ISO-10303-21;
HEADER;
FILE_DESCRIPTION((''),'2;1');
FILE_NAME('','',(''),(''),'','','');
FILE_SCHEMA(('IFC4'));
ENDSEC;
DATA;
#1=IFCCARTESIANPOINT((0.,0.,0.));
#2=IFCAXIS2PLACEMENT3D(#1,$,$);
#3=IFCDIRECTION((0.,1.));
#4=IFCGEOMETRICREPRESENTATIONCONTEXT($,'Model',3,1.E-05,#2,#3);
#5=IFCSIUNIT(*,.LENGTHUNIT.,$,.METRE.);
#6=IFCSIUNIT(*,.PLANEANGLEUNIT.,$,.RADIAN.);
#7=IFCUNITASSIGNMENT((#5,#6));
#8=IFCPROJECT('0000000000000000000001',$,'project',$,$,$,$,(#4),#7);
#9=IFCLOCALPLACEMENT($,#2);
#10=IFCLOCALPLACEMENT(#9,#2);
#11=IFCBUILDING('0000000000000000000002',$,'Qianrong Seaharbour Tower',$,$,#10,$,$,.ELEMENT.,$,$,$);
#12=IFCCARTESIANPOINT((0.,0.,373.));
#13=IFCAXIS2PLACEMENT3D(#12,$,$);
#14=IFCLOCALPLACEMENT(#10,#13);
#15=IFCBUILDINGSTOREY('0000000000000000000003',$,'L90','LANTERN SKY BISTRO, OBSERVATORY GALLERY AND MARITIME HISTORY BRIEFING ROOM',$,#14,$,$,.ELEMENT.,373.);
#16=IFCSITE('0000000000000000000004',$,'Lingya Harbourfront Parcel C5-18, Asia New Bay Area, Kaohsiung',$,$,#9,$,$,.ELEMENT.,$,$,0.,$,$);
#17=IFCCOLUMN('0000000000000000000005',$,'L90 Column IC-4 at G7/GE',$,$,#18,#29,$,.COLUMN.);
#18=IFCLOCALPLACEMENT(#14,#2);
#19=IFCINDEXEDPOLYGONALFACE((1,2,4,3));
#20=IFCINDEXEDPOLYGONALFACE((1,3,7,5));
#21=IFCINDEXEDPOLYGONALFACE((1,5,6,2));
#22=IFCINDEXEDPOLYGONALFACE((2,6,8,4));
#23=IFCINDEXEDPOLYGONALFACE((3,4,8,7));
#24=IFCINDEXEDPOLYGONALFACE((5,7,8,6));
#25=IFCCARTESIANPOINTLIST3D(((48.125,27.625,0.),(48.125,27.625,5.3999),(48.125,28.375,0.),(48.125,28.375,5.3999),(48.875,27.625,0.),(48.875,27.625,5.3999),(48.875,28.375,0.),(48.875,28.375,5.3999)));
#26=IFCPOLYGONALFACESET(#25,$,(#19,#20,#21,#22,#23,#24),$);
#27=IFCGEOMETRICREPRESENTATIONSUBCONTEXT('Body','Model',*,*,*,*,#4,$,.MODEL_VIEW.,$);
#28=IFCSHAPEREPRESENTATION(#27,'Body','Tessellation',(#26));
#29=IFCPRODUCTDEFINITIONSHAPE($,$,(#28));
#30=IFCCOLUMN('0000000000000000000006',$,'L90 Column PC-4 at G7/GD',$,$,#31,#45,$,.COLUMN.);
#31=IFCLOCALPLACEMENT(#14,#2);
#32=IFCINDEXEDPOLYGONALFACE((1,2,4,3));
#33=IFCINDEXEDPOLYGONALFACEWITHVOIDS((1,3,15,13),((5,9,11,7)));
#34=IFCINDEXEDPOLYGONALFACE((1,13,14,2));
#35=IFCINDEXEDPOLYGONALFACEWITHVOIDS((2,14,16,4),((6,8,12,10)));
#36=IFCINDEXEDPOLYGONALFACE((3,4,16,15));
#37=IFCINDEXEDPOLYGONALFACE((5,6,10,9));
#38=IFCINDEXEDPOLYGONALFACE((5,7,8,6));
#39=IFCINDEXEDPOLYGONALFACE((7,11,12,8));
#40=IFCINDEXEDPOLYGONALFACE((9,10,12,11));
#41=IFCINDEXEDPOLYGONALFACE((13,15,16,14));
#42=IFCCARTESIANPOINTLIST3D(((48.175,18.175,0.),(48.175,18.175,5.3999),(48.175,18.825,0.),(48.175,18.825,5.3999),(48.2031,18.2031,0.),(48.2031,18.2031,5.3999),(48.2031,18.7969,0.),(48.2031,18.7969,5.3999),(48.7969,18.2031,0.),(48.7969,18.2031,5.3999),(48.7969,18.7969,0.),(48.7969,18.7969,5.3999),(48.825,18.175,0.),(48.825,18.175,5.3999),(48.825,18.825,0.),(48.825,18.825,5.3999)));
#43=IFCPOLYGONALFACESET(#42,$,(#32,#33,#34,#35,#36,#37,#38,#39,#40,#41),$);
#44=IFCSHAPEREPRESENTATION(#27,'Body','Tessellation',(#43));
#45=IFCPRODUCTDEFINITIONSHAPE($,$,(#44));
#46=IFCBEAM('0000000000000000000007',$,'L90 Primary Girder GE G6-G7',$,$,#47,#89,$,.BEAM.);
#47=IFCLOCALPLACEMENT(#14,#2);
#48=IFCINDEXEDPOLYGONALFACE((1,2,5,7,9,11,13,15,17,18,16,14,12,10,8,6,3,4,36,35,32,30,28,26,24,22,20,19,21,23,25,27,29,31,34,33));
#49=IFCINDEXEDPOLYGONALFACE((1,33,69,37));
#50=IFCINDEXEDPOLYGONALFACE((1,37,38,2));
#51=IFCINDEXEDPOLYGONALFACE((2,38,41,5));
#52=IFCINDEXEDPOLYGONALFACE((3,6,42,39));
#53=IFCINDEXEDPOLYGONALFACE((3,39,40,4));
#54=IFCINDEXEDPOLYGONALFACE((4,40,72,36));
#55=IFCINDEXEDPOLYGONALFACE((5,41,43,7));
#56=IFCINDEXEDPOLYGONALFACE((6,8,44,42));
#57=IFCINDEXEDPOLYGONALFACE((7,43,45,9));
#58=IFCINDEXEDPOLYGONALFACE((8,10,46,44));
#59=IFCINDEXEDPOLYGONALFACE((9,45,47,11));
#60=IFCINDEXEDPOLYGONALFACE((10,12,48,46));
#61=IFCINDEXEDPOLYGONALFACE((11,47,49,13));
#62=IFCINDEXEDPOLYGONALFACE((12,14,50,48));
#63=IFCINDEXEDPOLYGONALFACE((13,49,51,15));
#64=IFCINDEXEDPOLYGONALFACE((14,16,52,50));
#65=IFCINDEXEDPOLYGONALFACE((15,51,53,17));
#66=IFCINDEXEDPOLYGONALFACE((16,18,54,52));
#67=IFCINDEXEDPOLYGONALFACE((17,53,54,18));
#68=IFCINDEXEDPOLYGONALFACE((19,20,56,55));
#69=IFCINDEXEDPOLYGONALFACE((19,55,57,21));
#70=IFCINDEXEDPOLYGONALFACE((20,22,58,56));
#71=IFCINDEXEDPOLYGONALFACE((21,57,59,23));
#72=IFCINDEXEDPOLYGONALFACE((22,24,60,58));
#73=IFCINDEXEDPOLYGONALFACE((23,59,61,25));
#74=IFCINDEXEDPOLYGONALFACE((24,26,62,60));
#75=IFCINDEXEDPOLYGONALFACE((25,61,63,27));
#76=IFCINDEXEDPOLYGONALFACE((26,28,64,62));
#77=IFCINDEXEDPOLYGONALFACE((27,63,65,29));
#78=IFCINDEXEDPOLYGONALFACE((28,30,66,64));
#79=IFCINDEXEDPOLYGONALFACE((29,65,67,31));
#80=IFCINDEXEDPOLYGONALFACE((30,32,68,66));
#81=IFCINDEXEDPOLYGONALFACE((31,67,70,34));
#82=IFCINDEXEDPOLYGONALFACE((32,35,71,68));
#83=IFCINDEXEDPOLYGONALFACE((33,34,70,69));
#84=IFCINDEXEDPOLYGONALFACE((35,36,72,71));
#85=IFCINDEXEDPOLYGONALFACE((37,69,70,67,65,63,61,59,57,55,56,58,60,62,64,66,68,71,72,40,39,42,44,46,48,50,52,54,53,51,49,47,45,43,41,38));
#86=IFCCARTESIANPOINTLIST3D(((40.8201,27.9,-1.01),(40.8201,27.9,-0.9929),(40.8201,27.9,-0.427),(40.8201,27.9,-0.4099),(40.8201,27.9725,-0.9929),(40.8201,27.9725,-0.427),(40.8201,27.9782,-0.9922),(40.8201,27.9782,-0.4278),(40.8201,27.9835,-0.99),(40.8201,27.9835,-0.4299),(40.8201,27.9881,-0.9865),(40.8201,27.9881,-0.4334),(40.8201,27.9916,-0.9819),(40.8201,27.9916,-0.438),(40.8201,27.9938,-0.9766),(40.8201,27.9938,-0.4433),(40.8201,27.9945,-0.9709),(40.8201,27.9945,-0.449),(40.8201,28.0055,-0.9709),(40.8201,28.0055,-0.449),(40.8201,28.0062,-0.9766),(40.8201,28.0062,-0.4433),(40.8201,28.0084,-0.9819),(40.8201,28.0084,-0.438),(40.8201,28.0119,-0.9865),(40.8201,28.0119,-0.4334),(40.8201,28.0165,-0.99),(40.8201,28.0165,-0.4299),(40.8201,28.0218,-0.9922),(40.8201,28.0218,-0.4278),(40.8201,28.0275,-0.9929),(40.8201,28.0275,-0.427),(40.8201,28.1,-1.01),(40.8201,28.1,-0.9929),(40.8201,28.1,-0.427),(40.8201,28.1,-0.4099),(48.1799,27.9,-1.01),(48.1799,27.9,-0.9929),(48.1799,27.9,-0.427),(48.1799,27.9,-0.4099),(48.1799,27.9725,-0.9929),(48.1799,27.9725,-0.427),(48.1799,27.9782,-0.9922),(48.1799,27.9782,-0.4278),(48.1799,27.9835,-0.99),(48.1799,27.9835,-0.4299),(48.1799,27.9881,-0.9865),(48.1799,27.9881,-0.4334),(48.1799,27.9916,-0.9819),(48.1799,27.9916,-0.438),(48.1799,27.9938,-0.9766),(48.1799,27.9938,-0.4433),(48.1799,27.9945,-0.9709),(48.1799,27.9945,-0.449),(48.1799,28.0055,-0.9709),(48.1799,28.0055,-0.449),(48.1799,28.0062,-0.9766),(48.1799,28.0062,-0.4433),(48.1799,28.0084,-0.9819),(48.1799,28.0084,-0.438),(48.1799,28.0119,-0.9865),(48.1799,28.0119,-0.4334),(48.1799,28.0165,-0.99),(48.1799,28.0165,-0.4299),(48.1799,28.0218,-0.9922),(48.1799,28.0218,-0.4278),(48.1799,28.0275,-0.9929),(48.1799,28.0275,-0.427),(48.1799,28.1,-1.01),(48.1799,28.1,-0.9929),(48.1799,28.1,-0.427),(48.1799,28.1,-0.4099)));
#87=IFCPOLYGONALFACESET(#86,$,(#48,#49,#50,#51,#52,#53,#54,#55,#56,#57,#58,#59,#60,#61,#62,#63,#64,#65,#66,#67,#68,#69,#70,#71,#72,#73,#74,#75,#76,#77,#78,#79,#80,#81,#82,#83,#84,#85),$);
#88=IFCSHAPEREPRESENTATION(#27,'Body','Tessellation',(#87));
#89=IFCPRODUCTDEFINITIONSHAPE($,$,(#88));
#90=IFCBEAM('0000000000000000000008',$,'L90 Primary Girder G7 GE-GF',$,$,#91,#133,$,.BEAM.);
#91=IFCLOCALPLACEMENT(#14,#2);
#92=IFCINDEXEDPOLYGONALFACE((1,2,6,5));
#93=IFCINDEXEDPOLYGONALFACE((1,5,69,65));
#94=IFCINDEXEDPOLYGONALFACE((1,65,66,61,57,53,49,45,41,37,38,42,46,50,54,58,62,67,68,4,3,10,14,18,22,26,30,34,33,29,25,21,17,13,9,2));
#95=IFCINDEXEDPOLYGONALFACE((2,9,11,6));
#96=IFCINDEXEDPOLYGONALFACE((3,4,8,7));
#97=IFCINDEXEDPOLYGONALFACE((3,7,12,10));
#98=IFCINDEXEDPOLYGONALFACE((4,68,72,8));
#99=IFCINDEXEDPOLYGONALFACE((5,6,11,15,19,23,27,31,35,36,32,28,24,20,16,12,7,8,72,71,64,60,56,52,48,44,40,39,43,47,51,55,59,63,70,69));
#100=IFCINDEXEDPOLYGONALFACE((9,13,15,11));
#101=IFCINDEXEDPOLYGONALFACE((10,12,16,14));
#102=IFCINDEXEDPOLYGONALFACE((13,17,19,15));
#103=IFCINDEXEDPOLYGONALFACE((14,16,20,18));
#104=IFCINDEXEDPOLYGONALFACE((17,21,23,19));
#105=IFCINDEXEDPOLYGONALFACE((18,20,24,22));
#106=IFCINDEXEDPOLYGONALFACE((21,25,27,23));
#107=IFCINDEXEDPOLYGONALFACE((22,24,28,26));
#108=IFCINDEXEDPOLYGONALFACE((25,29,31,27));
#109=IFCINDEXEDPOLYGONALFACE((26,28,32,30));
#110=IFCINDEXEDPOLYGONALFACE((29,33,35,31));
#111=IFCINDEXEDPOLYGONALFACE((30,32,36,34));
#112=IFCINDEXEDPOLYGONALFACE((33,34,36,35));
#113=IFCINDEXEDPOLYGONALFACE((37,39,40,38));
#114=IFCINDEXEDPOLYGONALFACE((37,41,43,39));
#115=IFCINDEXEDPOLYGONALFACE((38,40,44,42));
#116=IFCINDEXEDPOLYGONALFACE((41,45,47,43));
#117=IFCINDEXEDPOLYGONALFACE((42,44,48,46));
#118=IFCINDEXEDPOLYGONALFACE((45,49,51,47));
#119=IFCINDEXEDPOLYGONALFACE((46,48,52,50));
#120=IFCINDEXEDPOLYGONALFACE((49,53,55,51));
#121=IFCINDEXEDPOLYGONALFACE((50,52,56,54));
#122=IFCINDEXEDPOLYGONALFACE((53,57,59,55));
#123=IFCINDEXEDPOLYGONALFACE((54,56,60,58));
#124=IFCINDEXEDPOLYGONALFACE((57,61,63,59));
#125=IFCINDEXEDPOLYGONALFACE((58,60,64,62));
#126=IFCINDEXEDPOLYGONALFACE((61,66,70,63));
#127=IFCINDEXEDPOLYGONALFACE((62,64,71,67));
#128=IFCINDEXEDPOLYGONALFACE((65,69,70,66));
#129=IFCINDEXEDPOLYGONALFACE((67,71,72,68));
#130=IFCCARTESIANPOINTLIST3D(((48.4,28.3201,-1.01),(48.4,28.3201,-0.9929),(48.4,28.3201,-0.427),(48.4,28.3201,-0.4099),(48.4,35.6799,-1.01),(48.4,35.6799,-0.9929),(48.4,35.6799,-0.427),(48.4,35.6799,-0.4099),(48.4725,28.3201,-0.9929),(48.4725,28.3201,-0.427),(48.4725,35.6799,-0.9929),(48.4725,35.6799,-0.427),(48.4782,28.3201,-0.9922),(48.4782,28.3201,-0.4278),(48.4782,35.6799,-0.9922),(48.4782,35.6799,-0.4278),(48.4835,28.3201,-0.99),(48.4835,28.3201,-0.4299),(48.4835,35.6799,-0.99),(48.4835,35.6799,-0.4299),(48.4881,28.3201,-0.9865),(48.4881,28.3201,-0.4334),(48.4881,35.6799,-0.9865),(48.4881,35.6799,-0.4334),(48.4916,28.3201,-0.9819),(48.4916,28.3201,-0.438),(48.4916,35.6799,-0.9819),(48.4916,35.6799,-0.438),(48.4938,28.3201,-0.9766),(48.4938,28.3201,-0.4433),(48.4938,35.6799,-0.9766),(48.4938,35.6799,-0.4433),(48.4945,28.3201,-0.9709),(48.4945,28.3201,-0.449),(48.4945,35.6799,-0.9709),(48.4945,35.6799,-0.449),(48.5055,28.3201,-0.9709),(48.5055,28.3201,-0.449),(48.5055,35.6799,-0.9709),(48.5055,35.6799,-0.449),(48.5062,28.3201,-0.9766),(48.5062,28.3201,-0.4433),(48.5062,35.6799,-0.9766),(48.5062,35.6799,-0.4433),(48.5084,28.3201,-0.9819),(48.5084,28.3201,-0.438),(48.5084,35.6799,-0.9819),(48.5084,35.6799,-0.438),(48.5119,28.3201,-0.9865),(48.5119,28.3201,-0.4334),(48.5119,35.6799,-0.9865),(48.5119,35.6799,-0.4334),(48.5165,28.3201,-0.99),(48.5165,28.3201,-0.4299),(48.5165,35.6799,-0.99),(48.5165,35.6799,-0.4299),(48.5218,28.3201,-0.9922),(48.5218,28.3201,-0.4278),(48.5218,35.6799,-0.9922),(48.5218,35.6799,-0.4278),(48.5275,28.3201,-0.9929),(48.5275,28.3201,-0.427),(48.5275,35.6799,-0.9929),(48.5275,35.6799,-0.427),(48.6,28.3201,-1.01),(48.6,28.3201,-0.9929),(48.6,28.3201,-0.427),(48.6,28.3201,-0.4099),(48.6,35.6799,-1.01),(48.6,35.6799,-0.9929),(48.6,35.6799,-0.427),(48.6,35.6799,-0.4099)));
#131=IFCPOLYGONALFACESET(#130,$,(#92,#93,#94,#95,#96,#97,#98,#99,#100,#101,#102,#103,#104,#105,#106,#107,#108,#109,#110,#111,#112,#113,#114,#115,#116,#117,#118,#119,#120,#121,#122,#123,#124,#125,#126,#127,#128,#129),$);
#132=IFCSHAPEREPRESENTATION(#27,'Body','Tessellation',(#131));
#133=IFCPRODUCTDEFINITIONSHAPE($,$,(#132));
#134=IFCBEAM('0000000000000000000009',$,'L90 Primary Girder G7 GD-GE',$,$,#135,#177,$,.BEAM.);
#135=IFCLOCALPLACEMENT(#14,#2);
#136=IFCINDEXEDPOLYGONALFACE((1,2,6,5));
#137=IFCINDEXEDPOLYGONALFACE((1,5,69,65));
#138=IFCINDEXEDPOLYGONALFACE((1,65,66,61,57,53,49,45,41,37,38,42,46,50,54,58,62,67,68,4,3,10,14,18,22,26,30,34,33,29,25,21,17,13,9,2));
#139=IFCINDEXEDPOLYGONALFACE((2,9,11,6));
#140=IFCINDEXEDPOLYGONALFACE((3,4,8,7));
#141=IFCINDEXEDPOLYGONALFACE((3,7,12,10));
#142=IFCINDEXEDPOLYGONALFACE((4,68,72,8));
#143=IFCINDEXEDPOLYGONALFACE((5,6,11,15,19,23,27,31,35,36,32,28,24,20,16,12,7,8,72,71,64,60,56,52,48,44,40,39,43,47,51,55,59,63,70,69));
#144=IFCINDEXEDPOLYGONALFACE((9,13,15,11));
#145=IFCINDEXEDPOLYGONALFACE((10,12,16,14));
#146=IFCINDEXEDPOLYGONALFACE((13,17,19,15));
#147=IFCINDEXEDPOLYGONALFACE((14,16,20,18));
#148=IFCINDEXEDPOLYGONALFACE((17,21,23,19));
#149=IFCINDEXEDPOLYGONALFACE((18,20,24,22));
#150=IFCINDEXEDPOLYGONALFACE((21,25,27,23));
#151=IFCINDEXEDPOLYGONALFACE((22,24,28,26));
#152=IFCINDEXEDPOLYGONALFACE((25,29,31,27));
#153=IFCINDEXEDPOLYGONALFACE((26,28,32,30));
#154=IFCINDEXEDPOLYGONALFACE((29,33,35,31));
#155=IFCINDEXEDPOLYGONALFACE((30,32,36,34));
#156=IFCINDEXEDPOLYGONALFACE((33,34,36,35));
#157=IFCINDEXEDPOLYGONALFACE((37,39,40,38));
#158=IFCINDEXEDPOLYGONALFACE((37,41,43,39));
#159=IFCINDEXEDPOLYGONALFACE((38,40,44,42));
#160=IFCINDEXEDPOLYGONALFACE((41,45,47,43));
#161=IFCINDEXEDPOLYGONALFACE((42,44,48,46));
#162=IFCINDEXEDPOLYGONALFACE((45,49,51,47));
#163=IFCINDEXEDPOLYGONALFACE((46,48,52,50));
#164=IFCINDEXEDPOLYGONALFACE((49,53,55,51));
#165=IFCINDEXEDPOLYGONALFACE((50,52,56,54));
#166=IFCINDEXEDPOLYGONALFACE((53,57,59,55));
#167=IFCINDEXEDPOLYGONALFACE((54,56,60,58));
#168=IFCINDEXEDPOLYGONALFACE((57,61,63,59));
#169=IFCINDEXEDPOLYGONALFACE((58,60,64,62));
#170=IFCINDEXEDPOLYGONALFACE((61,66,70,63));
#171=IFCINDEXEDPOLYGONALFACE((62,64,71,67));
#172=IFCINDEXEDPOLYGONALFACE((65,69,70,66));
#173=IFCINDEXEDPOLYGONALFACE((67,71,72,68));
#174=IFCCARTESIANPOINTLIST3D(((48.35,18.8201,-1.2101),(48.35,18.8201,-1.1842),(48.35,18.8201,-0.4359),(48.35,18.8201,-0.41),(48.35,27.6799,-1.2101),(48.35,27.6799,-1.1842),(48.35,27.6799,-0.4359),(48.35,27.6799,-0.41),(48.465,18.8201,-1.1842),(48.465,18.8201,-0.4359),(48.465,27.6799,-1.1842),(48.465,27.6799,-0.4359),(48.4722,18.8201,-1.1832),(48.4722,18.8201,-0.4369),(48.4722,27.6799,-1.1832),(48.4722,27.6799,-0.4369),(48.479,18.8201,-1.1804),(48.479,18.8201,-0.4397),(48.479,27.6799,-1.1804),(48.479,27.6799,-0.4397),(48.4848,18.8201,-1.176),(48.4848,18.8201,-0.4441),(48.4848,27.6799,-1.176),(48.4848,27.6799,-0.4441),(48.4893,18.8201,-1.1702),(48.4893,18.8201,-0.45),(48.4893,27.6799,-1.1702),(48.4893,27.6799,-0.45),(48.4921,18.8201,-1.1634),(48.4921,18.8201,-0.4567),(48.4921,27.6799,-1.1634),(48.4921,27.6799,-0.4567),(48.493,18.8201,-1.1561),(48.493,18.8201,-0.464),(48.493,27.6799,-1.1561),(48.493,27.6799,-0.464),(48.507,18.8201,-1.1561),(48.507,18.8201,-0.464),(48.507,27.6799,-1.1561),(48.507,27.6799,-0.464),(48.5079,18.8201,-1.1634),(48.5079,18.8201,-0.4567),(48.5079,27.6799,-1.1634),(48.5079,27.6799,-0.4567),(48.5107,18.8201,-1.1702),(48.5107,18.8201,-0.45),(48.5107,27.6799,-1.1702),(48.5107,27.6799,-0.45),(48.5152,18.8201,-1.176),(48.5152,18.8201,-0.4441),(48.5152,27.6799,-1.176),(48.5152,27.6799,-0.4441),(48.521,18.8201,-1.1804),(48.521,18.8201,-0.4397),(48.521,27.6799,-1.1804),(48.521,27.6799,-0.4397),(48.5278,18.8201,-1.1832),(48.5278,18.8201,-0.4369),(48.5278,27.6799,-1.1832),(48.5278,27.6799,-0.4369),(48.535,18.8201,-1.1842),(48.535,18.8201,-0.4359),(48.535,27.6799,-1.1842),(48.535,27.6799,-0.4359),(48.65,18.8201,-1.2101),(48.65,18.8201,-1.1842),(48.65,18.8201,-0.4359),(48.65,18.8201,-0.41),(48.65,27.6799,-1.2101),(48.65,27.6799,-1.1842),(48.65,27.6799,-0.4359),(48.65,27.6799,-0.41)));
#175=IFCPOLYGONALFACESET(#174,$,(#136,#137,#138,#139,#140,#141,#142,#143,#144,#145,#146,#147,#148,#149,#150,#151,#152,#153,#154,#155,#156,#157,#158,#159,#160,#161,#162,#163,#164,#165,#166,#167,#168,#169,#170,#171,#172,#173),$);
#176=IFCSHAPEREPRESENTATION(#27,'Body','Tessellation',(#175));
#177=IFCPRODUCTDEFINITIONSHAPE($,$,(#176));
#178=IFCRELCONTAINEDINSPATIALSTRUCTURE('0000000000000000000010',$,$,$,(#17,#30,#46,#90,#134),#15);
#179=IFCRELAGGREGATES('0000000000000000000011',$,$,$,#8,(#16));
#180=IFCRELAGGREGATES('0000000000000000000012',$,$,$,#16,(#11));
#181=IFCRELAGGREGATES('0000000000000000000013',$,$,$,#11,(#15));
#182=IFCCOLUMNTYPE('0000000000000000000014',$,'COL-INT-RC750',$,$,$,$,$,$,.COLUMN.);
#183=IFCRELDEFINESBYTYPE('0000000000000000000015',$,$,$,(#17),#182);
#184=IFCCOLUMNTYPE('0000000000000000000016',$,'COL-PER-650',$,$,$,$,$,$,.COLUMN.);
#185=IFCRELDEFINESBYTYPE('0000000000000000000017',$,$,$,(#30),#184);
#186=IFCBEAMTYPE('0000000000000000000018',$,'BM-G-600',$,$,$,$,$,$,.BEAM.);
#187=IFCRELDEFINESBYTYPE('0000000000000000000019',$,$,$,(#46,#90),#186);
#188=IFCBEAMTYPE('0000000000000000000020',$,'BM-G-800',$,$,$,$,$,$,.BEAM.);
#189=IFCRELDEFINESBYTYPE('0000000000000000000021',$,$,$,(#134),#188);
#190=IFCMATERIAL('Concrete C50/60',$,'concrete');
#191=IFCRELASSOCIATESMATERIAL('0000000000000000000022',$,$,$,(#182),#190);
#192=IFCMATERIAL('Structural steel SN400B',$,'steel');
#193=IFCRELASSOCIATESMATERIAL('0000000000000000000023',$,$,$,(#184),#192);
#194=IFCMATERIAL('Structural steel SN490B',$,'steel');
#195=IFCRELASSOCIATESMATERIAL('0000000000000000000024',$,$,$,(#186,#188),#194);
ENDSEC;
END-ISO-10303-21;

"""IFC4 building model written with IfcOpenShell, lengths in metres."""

from ifc_helpers import new_model, si_unit, direction, frame, origin, origin_2d, place, context, subcontext, project, spatial, rectangle, hollow_rectangle, i_section, extrude, material, material_profile, profile_set, type_object, element, save


model = new_model("IFC4")

# Units and contexts
model_context = context("Model", 3, precision=1e-05, world=origin(), true_north=direction((0.0, 1.0)))
body_context = subcontext(model_context, "Body", "Model", "MODEL_VIEW")
ifc_project = project(units=[si_unit("LENGTHUNIT", "METRE"), si_unit("PLANEANGLEUNIT", "RADIAN")], contexts=[model_context])

# Site, building, storey
site_placement = place(None, origin())
site = spatial("IfcSite", under=ifc_project, at=site_placement, Name="Lingya Harbourfront Parcel C5-18, Asia New Bay Area, Kaohsiung", CompositionType="ELEMENT", RefElevation=0.0)
building_placement = place(site_placement, origin())
building = spatial("IfcBuilding", under=site, at=building_placement, Name="Qianrong Seaharbour Tower", CompositionType="ELEMENT")
storey_placement = place(building_placement, frame((0.0, 0.0, 373.0)))
storey = spatial("IfcBuildingStorey", under=building, at=storey_placement, Name="L90", Description="LANTERN SKY BISTRO, OBSERVATORY GALLERY AND MARITIME HISTORY BRIEFING ROOM", CompositionType="ELEMENT", Elevation=373.0)

# Columns
ifc_material_1 = material(Name="Concrete C50/60", Category="concrete")
ifc_material_profile_1 = material_profile(ifc_material_1, rectangle(XDim=0.75, YDim=0.75, at=origin_2d()), Name="RC750x750")
ifc_profile_set_1 = profile_set([ifc_material_profile_1], Name="Concrete C50/60")
column_type_1 = type_object("IfcColumnType", Name="COL-INT-RC750", PredefinedType="COLUMN", material=ifc_profile_set_1)
column_1_placement = place(storey_placement, frame((48.5, 28.0, 0.0), z_axis=(0.0, 0.0, 1.0), x_axis=(1.0, 0.0, 0.0)))
element("IfcColumn", 1, at=column_1_placement, inside=storey, type_object=column_type_1, Name="L90 Column IC-4 at G7/GE", PredefinedType="COLUMN", context=body_context, shape_type="SweptSolid", body=[
    extrude(rectangle(XDim=0.75, YDim=0.75, at=origin_2d()), origin(), (0.0, 0.0, 1.0), 5.3999),
])
ifc_material_2 = material(Name="Structural steel SN400B", Category="steel")
ifc_material_profile_2 = material_profile(ifc_material_2, hollow_rectangle(XDim=0.6499, YDim=0.6499, WallThickness=0.0281, at=origin_2d()), Name="BOX650x650x28")
ifc_profile_set_2 = profile_set([ifc_material_profile_2], Name="Structural steel SN400B")
column_type_2 = type_object("IfcColumnType", Name="COL-PER-650", PredefinedType="COLUMN", material=ifc_profile_set_2)
column_2_placement = place(storey_placement, frame((48.5, 18.5, 0.0), z_axis=(0.0, 0.0, 1.0), x_axis=(1.0, 0.0, 0.0)))
element("IfcColumn", 2, at=column_2_placement, inside=storey, type_object=column_type_2, Name="L90 Column PC-4 at G7/GD", PredefinedType="COLUMN", context=body_context, shape_type="SweptSolid", body=[
    extrude(hollow_rectangle(XDim=0.6499, YDim=0.6499, WallThickness=0.0281, at=origin_2d()), origin(), (0.0, 0.0, 1.0), 5.3999),
])

# Beams
ifc_material_3 = material(Name="Structural steel SN490B", Category="steel")
ifc_material_profile_3 = material_profile(ifc_material_3, i_section(OverallWidth=0.2, OverallDepth=0.6001, WebThickness=0.011, FlangeThickness=0.0171, FilletRadius=0.022, at=origin_2d()), Name="H600x200x11x17")
ifc_profile_set_3 = profile_set([ifc_material_profile_3], Name="Structural steel SN490B")
beam_type_1 = type_object("IfcBeamType", Name="BM-G-600", PredefinedType="BEAM", material=ifc_profile_set_3)
for number, where, z_axis, x_axis, name in (
    (3, (40.8201, 28.0, -0.71), (1.0, 0.0, 0.0), (0.0, 1.0, 0.0), "L90 Primary Girder GE G6-G7"),
    (4, (48.5, 28.3201, -0.71), (0.0, 1.0, 0.0), (-1.0, 0.0, 0.0), "L90 Primary Girder G7 GE-GF"),
):
    element("IfcBeam", number, at=place(storey_placement, frame(where, z_axis=z_axis, x_axis=x_axis)), inside=storey, type_object=beam_type_1, Name=name, PredefinedType="BEAM", context=body_context, shape_type="SweptSolid", body=[
        extrude(i_section(OverallWidth=0.2, OverallDepth=0.6001, WebThickness=0.011, FlangeThickness=0.0171, FilletRadius=0.022, at=origin_2d()), origin(), (0.0, 0.0, 1.0), 7.3599),
    ])
ifc_material_profile_4 = material_profile(ifc_material_3, i_section(OverallWidth=0.3, OverallDepth=0.8, WebThickness=0.0139, FlangeThickness=0.0259, FilletRadius=0.0281, at=origin_2d()), Name="H800x300x14x26")
ifc_profile_set_4 = profile_set([ifc_material_profile_4], Name="Structural steel SN490B")
beam_type_2 = type_object("IfcBeamType", Name="BM-G-800", PredefinedType="BEAM", material=ifc_profile_set_4)
beam_1_placement = place(storey_placement, frame((48.5, 18.8201, -0.8101), z_axis=(0.0, 1.0, 0.0), x_axis=(-1.0, 0.0, 0.0)))
element("IfcBeam", 5, at=beam_1_placement, inside=storey, type_object=beam_type_2, Name="L90 Primary Girder G7 GD-GE", PredefinedType="BEAM", context=body_context, shape_type="SweptSolid", body=[
    extrude(i_section(OverallWidth=0.3, OverallDepth=0.8, WebThickness=0.0139, FlangeThickness=0.0259, FilletRadius=0.0281, at=origin_2d()), origin(), (0.0, 0.0, 1.0), 8.8599),
])

save(model, "model.ifc")
